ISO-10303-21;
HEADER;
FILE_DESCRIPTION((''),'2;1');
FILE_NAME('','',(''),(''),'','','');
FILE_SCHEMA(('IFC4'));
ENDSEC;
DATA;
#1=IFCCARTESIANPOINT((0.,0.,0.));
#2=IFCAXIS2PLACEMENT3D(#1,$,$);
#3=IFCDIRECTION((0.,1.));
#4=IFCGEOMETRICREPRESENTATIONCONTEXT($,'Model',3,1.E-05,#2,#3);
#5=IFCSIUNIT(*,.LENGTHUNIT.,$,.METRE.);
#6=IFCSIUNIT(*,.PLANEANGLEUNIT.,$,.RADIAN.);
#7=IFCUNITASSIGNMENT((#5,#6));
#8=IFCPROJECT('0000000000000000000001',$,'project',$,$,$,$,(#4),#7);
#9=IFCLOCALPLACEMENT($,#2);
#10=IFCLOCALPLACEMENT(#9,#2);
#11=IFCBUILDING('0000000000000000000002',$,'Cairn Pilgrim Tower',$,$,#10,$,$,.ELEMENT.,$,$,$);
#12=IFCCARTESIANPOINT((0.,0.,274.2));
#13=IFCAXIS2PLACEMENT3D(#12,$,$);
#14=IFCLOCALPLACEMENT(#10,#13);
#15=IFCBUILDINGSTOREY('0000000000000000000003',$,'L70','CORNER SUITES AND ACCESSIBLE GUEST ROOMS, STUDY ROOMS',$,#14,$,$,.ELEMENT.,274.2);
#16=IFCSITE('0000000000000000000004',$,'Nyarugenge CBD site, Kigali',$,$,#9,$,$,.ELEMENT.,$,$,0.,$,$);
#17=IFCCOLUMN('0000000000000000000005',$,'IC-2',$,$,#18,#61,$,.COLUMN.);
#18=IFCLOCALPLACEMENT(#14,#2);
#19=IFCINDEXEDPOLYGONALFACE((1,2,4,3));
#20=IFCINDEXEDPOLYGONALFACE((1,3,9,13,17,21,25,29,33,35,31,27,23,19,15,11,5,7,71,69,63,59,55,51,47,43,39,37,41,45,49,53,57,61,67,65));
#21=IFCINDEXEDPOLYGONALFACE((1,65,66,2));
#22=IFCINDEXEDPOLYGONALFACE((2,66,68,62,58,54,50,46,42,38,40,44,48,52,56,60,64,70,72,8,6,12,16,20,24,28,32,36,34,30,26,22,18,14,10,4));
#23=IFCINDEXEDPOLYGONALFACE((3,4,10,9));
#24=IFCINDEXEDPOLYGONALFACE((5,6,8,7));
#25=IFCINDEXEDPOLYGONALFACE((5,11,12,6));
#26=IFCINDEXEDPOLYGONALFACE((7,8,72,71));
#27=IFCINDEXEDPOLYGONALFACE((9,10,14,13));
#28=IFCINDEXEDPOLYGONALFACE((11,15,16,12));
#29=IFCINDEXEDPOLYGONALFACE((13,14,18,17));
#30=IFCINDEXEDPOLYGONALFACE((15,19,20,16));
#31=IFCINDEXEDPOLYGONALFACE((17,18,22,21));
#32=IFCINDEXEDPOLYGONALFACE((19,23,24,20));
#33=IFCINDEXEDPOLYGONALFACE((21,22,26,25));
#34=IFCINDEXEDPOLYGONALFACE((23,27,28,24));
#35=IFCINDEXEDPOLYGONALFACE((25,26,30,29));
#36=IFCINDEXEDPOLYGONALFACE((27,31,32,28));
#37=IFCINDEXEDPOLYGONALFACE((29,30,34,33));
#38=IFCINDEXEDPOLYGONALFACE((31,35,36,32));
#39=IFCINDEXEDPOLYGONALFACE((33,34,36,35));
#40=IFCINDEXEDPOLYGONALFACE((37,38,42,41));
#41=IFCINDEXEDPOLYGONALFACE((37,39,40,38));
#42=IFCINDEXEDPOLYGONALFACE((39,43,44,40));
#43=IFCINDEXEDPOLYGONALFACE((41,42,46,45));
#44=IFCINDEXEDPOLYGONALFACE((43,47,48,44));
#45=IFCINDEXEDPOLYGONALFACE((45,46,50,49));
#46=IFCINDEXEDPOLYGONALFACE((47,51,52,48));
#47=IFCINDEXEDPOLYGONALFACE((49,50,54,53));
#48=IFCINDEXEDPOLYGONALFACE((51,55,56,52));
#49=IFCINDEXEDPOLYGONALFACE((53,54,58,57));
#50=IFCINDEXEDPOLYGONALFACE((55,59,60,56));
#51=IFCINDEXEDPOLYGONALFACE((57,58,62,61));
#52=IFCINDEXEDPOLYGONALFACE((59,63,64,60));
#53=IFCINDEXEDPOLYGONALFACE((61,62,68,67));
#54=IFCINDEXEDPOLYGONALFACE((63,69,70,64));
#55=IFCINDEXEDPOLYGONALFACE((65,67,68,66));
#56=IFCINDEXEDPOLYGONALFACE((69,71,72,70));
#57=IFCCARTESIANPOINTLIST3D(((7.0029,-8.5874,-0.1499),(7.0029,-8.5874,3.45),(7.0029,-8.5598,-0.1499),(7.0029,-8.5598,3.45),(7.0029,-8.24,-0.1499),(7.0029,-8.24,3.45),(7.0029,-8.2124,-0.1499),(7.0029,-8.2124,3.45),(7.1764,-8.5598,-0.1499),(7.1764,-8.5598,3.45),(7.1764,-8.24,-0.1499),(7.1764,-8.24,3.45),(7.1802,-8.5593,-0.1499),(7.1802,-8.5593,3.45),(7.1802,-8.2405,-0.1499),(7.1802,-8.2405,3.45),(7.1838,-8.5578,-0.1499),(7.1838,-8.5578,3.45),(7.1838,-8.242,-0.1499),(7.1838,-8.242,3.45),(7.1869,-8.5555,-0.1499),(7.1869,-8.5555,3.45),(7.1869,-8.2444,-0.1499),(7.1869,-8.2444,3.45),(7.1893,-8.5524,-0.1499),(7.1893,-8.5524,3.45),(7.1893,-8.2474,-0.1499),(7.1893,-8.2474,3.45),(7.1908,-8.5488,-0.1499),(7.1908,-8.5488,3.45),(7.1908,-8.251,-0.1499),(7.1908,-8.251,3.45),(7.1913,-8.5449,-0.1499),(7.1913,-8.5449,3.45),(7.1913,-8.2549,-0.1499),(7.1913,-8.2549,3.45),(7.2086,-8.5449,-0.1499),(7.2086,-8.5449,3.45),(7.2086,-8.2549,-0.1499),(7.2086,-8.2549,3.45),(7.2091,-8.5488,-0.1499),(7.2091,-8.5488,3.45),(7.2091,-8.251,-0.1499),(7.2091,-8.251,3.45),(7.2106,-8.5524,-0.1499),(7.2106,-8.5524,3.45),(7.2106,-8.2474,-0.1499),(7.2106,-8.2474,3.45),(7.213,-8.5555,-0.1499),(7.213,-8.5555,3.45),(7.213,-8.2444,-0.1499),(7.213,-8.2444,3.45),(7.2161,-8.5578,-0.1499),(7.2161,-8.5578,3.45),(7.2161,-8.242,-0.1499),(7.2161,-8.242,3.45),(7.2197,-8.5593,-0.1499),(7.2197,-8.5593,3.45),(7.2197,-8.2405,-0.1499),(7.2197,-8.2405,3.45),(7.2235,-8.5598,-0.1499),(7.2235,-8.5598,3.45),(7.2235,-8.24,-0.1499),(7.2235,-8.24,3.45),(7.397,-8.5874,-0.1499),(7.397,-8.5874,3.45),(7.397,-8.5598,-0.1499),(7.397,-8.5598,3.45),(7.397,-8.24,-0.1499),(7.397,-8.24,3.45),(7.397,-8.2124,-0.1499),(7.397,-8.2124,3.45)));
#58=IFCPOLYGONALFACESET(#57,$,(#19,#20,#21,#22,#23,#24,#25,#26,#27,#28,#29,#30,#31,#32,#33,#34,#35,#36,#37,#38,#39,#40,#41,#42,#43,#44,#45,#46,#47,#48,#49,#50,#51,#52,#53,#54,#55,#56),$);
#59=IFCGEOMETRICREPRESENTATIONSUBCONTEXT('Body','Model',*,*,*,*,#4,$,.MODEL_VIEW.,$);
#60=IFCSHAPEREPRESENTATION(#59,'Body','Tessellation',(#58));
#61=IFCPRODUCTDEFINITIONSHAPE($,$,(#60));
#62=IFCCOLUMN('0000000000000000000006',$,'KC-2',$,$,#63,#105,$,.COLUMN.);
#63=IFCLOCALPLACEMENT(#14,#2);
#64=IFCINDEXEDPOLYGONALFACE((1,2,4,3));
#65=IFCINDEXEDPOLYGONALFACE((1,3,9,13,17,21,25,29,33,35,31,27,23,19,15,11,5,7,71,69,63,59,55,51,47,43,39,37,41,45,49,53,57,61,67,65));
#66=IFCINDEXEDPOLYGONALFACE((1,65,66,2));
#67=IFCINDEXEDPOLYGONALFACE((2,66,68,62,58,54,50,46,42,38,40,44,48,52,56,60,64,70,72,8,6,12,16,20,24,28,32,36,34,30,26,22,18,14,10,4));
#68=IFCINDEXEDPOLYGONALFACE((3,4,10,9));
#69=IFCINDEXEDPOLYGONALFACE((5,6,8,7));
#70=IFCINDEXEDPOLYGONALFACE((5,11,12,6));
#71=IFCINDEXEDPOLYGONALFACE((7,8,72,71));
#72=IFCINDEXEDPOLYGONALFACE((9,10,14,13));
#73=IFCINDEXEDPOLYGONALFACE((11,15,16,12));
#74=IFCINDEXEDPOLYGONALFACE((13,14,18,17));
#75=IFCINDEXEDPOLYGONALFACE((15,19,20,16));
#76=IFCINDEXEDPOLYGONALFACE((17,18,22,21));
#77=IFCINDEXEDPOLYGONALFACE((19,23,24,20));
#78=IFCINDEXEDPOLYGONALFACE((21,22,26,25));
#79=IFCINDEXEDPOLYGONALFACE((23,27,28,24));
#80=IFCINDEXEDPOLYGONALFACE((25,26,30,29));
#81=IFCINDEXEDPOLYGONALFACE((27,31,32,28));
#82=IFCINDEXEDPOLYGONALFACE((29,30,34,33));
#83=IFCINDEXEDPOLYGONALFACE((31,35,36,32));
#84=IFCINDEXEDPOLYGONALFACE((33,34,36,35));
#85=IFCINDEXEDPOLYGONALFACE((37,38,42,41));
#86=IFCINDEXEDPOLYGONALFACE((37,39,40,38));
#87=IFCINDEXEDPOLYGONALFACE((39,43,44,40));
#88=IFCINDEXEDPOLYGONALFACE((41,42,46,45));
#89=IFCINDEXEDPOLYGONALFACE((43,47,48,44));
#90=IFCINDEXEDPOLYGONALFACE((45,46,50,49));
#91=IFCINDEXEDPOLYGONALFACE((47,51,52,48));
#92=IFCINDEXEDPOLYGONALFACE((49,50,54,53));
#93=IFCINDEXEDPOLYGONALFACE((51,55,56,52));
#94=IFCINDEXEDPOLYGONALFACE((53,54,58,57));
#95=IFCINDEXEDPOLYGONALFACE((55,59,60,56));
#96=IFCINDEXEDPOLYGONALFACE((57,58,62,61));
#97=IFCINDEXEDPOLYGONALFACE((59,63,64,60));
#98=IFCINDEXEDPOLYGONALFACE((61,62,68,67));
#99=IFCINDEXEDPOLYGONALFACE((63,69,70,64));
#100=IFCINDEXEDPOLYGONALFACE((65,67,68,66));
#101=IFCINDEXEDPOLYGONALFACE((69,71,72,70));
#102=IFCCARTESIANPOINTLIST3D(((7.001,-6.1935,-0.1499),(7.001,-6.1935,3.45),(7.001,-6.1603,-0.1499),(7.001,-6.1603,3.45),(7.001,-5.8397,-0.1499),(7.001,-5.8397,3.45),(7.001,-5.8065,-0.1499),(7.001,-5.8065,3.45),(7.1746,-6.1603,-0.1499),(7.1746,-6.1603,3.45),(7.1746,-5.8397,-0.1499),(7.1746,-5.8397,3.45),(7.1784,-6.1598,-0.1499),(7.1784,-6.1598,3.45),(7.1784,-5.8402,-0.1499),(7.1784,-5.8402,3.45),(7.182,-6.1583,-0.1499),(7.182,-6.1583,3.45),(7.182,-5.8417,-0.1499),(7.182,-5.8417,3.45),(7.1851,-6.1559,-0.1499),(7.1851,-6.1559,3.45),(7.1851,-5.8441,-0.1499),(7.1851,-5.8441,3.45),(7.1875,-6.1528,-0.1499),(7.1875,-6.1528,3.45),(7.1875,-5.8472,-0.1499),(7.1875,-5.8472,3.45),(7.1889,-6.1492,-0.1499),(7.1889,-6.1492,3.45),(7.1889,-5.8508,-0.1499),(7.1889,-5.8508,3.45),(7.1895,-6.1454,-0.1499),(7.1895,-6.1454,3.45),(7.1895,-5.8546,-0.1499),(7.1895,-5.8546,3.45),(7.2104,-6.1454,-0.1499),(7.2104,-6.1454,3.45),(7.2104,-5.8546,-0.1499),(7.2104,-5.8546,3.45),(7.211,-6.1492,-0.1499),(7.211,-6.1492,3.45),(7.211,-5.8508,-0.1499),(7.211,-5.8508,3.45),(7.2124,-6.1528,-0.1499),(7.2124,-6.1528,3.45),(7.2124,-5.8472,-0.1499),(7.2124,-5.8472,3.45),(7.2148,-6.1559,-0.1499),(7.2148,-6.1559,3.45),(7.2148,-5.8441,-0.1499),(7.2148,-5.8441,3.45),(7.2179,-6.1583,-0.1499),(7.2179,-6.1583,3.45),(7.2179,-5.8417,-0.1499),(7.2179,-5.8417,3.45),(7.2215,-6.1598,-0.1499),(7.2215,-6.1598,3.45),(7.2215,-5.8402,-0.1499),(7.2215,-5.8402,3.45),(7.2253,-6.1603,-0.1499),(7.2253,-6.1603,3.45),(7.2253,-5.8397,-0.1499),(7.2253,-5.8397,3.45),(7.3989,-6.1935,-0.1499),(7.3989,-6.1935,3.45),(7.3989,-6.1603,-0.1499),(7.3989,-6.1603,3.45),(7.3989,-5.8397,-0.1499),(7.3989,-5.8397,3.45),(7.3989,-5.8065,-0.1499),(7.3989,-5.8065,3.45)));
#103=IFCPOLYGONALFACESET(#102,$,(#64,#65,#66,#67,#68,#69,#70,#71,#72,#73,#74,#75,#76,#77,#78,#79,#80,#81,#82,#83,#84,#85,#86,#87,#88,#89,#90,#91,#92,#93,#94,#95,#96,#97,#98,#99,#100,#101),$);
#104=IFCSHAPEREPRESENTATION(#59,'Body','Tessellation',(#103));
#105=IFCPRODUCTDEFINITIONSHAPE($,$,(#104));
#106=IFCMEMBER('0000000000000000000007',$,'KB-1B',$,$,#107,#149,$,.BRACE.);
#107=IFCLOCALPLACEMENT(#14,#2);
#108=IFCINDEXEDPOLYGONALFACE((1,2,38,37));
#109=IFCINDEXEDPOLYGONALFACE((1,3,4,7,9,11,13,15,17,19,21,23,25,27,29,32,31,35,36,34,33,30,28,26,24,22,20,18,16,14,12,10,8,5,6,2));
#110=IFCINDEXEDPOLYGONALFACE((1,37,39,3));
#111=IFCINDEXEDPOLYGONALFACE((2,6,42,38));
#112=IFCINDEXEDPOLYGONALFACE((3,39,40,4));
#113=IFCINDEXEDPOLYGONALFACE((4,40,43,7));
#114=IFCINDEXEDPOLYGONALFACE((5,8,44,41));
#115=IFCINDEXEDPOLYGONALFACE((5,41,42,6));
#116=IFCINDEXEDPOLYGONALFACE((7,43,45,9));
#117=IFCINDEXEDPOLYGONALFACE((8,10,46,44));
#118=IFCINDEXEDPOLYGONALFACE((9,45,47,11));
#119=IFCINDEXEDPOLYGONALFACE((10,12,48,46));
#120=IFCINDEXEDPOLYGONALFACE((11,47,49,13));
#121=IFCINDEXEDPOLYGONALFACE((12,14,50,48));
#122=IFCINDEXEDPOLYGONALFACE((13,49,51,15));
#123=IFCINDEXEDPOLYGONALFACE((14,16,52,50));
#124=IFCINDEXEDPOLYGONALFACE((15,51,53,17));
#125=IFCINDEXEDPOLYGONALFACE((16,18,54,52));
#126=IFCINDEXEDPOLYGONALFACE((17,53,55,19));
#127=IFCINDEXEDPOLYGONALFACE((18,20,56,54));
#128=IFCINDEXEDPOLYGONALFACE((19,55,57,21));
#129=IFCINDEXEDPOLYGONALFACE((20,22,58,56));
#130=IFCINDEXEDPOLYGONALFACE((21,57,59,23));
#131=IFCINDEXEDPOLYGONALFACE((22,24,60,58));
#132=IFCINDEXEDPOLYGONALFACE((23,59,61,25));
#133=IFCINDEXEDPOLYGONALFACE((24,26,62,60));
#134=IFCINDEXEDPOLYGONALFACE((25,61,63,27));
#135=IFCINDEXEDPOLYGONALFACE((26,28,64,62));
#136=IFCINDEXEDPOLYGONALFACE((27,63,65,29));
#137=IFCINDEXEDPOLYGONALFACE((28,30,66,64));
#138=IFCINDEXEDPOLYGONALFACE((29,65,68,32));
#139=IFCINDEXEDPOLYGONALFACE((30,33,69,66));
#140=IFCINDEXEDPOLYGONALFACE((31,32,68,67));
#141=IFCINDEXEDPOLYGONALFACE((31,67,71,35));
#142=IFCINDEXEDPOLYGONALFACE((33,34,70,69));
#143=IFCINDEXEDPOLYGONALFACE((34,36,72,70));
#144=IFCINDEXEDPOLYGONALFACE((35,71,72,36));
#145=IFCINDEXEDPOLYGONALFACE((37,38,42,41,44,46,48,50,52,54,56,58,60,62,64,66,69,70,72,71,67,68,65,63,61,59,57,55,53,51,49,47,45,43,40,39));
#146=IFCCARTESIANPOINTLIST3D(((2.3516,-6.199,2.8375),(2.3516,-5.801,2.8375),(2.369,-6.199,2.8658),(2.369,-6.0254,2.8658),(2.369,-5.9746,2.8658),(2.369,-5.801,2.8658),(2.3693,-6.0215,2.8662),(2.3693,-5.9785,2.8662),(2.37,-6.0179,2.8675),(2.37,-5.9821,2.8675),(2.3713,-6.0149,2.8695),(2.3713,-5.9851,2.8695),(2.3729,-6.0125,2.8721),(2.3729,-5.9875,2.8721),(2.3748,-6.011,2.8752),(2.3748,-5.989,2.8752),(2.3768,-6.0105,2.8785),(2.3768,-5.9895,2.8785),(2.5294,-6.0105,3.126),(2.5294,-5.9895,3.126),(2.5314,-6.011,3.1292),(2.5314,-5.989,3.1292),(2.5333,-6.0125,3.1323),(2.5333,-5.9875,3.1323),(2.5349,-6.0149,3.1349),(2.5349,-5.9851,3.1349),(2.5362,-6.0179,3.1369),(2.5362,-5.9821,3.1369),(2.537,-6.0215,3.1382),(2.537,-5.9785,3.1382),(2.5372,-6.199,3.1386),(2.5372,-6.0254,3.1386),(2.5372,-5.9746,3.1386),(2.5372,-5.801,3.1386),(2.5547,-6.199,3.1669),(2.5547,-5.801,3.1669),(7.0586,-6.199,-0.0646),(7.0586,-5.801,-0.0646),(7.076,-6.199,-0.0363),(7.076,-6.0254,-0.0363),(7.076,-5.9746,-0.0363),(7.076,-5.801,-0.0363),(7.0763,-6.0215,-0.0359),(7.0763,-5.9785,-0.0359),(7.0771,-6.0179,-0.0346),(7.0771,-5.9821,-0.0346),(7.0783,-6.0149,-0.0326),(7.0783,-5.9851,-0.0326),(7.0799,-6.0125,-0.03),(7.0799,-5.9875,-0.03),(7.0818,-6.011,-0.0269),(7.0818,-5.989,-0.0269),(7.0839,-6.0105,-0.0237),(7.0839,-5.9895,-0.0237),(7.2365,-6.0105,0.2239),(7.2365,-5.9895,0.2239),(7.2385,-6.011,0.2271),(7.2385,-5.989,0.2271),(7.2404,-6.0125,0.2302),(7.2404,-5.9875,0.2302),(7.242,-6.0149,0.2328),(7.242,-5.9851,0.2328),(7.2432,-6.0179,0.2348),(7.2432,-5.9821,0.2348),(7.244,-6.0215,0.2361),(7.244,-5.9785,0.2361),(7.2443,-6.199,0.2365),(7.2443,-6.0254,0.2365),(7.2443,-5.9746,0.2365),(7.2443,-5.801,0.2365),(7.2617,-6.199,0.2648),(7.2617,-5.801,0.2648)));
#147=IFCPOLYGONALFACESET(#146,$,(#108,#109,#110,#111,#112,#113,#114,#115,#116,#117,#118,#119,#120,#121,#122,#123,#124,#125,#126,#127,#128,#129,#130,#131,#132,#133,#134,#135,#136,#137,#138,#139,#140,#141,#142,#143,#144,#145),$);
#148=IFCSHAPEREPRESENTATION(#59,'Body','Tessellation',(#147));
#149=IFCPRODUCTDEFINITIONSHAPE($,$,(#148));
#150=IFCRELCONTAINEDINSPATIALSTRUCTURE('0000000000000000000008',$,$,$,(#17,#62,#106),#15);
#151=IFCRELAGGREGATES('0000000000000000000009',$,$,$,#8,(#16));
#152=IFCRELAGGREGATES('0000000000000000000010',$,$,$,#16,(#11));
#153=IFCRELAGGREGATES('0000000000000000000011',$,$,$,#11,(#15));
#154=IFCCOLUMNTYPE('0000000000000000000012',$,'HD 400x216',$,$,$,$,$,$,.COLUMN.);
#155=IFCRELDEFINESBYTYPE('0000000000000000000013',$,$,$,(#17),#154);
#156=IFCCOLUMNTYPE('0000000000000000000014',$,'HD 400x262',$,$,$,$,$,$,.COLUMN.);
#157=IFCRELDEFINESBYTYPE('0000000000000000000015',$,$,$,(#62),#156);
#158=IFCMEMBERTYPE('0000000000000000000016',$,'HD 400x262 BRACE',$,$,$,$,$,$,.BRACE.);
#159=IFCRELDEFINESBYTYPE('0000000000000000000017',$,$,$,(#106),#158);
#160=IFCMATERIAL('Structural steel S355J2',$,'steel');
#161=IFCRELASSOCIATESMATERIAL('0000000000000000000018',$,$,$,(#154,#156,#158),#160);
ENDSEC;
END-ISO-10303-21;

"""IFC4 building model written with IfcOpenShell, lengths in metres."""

from ifc_helpers import new_model, si_unit, direction, frame, origin, origin_2d, place, context, subcontext, project, spatial, i_section, extrude, material, material_profile, profile_set, type_object, element, save


model = new_model("IFC4")

# Units and contexts
model_context = context("Model", 3, precision=1e-05, world=origin(), true_north=direction((0.0, 1.0)))
body_context = subcontext(model_context, "Body", "Model", "MODEL_VIEW")
ifc_project = project(units=[si_unit("LENGTHUNIT", "METRE"), si_unit("PLANEANGLEUNIT", "RADIAN")], contexts=[model_context])

# Site, building, storey
site_placement = place(None, origin())
site = spatial("IfcSite", under=ifc_project, at=site_placement, Name="Nyarugenge CBD site, Kigali", CompositionType="ELEMENT", RefElevation=0.0)
building_placement = place(site_placement, origin())
building = spatial("IfcBuilding", under=site, at=building_placement, Name="Cairn Pilgrim Tower", CompositionType="ELEMENT")
storey_placement = place(building_placement, frame((0.0, 0.0, 274.2)))
storey = spatial("IfcBuildingStorey", under=building, at=storey_placement, Name="L70", Description="CORNER SUITES AND ACCESSIBLE GUEST ROOMS, STUDY ROOMS", CompositionType="ELEMENT", Elevation=274.2)

# Columns
ifc_material_1 = material(Name="Structural steel S355J2", Category="steel")
ifc_material_profile_1 = material_profile(ifc_material_1, i_section(OverallWidth=0.394, OverallDepth=0.375, WebThickness=0.0173, FlangeThickness=0.0276, FilletRadius=0.0149, at=origin_2d()), Name="HD 400x216")
ifc_profile_set_1 = profile_set([ifc_material_profile_1], Name="Structural steel S355J2")
column_type_1 = type_object("IfcColumnType", Name="HD 400x216", PredefinedType="COLUMN", material=ifc_profile_set_1)
column_1_placement = place(storey_placement, frame((7.2, -8.3999, -0.1499), z_axis=(0.0, 0.0, 1.0), x_axis=(1.0, 0.0, 0.0)))
element("IfcColumn", 1, at=column_1_placement, inside=storey, type_object=column_type_1, Name="IC-2", PredefinedType="COLUMN", context=body_context, shape_type="SweptSolid", body=[
    extrude(i_section(OverallWidth=0.394, OverallDepth=0.375, WebThickness=0.0173, FlangeThickness=0.0276, FilletRadius=0.0149, at=origin_2d()), origin(), (0.0, 0.0, 1.0), 3.5999),
])
ifc_material_profile_2 = material_profile(ifc_material_1, i_section(OverallWidth=0.3979, OverallDepth=0.387, WebThickness=0.021, FlangeThickness=0.0332, FilletRadius=0.0149, at=origin_2d()), Name="HD 400x262")
ifc_profile_set_2 = profile_set([ifc_material_profile_2], Name="Structural steel S355J2")
column_type_2 = type_object("IfcColumnType", Name="HD 400x262", PredefinedType="COLUMN", material=ifc_profile_set_2)
column_2_placement = place(storey_placement, frame((7.2, -6.0, -0.1499), z_axis=(0.0, 0.0, 1.0), x_axis=(1.0, 0.0, 0.0)))
element("IfcColumn", 2, at=column_2_placement, inside=storey, type_object=column_type_2, Name="KC-2", PredefinedType="COLUMN", context=body_context, shape_type="SweptSolid", body=[
    extrude(i_section(OverallWidth=0.3979, OverallDepth=0.387, WebThickness=0.021, FlangeThickness=0.0332, FilletRadius=0.0149, at=origin_2d()), origin(), (0.0, 0.0, 1.0), 3.5999),
])

# Member
ifc_material_profile_3 = material_profile(ifc_material_1, i_section(OverallWidth=0.3979, OverallDepth=0.387, WebThickness=0.021, FlangeThickness=0.0332, FilletRadius=0.0149, at=origin_2d()), Name="HD 400x262")
ifc_profile_set_3 = profile_set([ifc_material_profile_3], Name="Structural steel S355J2")
member_type = type_object("IfcMemberType", Name="HD 400x262 BRACE", PredefinedType="BRACE", material=ifc_profile_set_3)
member_placement = place(storey_placement, frame((7.1602, -6.0, 0.1001), z_axis=(-0.851217, 0.0, 0.524814), x_axis=(0.0, -1.0, 0.0)))
element("IfcMember", 3, at=member_placement, inside=storey, type_object=member_type, Name="KB-1B", PredefinedType="BRACE", context=body_context, shape_type="SweptSolid", body=[
    extrude(i_section(OverallWidth=0.3979, OverallDepth=0.387, WebThickness=0.021, FlangeThickness=0.0332, FilletRadius=0.0149, at=origin_2d()), origin(), (0.0, 0.0, 1.0), 5.5298),
])

save(model, "model.ifc")
